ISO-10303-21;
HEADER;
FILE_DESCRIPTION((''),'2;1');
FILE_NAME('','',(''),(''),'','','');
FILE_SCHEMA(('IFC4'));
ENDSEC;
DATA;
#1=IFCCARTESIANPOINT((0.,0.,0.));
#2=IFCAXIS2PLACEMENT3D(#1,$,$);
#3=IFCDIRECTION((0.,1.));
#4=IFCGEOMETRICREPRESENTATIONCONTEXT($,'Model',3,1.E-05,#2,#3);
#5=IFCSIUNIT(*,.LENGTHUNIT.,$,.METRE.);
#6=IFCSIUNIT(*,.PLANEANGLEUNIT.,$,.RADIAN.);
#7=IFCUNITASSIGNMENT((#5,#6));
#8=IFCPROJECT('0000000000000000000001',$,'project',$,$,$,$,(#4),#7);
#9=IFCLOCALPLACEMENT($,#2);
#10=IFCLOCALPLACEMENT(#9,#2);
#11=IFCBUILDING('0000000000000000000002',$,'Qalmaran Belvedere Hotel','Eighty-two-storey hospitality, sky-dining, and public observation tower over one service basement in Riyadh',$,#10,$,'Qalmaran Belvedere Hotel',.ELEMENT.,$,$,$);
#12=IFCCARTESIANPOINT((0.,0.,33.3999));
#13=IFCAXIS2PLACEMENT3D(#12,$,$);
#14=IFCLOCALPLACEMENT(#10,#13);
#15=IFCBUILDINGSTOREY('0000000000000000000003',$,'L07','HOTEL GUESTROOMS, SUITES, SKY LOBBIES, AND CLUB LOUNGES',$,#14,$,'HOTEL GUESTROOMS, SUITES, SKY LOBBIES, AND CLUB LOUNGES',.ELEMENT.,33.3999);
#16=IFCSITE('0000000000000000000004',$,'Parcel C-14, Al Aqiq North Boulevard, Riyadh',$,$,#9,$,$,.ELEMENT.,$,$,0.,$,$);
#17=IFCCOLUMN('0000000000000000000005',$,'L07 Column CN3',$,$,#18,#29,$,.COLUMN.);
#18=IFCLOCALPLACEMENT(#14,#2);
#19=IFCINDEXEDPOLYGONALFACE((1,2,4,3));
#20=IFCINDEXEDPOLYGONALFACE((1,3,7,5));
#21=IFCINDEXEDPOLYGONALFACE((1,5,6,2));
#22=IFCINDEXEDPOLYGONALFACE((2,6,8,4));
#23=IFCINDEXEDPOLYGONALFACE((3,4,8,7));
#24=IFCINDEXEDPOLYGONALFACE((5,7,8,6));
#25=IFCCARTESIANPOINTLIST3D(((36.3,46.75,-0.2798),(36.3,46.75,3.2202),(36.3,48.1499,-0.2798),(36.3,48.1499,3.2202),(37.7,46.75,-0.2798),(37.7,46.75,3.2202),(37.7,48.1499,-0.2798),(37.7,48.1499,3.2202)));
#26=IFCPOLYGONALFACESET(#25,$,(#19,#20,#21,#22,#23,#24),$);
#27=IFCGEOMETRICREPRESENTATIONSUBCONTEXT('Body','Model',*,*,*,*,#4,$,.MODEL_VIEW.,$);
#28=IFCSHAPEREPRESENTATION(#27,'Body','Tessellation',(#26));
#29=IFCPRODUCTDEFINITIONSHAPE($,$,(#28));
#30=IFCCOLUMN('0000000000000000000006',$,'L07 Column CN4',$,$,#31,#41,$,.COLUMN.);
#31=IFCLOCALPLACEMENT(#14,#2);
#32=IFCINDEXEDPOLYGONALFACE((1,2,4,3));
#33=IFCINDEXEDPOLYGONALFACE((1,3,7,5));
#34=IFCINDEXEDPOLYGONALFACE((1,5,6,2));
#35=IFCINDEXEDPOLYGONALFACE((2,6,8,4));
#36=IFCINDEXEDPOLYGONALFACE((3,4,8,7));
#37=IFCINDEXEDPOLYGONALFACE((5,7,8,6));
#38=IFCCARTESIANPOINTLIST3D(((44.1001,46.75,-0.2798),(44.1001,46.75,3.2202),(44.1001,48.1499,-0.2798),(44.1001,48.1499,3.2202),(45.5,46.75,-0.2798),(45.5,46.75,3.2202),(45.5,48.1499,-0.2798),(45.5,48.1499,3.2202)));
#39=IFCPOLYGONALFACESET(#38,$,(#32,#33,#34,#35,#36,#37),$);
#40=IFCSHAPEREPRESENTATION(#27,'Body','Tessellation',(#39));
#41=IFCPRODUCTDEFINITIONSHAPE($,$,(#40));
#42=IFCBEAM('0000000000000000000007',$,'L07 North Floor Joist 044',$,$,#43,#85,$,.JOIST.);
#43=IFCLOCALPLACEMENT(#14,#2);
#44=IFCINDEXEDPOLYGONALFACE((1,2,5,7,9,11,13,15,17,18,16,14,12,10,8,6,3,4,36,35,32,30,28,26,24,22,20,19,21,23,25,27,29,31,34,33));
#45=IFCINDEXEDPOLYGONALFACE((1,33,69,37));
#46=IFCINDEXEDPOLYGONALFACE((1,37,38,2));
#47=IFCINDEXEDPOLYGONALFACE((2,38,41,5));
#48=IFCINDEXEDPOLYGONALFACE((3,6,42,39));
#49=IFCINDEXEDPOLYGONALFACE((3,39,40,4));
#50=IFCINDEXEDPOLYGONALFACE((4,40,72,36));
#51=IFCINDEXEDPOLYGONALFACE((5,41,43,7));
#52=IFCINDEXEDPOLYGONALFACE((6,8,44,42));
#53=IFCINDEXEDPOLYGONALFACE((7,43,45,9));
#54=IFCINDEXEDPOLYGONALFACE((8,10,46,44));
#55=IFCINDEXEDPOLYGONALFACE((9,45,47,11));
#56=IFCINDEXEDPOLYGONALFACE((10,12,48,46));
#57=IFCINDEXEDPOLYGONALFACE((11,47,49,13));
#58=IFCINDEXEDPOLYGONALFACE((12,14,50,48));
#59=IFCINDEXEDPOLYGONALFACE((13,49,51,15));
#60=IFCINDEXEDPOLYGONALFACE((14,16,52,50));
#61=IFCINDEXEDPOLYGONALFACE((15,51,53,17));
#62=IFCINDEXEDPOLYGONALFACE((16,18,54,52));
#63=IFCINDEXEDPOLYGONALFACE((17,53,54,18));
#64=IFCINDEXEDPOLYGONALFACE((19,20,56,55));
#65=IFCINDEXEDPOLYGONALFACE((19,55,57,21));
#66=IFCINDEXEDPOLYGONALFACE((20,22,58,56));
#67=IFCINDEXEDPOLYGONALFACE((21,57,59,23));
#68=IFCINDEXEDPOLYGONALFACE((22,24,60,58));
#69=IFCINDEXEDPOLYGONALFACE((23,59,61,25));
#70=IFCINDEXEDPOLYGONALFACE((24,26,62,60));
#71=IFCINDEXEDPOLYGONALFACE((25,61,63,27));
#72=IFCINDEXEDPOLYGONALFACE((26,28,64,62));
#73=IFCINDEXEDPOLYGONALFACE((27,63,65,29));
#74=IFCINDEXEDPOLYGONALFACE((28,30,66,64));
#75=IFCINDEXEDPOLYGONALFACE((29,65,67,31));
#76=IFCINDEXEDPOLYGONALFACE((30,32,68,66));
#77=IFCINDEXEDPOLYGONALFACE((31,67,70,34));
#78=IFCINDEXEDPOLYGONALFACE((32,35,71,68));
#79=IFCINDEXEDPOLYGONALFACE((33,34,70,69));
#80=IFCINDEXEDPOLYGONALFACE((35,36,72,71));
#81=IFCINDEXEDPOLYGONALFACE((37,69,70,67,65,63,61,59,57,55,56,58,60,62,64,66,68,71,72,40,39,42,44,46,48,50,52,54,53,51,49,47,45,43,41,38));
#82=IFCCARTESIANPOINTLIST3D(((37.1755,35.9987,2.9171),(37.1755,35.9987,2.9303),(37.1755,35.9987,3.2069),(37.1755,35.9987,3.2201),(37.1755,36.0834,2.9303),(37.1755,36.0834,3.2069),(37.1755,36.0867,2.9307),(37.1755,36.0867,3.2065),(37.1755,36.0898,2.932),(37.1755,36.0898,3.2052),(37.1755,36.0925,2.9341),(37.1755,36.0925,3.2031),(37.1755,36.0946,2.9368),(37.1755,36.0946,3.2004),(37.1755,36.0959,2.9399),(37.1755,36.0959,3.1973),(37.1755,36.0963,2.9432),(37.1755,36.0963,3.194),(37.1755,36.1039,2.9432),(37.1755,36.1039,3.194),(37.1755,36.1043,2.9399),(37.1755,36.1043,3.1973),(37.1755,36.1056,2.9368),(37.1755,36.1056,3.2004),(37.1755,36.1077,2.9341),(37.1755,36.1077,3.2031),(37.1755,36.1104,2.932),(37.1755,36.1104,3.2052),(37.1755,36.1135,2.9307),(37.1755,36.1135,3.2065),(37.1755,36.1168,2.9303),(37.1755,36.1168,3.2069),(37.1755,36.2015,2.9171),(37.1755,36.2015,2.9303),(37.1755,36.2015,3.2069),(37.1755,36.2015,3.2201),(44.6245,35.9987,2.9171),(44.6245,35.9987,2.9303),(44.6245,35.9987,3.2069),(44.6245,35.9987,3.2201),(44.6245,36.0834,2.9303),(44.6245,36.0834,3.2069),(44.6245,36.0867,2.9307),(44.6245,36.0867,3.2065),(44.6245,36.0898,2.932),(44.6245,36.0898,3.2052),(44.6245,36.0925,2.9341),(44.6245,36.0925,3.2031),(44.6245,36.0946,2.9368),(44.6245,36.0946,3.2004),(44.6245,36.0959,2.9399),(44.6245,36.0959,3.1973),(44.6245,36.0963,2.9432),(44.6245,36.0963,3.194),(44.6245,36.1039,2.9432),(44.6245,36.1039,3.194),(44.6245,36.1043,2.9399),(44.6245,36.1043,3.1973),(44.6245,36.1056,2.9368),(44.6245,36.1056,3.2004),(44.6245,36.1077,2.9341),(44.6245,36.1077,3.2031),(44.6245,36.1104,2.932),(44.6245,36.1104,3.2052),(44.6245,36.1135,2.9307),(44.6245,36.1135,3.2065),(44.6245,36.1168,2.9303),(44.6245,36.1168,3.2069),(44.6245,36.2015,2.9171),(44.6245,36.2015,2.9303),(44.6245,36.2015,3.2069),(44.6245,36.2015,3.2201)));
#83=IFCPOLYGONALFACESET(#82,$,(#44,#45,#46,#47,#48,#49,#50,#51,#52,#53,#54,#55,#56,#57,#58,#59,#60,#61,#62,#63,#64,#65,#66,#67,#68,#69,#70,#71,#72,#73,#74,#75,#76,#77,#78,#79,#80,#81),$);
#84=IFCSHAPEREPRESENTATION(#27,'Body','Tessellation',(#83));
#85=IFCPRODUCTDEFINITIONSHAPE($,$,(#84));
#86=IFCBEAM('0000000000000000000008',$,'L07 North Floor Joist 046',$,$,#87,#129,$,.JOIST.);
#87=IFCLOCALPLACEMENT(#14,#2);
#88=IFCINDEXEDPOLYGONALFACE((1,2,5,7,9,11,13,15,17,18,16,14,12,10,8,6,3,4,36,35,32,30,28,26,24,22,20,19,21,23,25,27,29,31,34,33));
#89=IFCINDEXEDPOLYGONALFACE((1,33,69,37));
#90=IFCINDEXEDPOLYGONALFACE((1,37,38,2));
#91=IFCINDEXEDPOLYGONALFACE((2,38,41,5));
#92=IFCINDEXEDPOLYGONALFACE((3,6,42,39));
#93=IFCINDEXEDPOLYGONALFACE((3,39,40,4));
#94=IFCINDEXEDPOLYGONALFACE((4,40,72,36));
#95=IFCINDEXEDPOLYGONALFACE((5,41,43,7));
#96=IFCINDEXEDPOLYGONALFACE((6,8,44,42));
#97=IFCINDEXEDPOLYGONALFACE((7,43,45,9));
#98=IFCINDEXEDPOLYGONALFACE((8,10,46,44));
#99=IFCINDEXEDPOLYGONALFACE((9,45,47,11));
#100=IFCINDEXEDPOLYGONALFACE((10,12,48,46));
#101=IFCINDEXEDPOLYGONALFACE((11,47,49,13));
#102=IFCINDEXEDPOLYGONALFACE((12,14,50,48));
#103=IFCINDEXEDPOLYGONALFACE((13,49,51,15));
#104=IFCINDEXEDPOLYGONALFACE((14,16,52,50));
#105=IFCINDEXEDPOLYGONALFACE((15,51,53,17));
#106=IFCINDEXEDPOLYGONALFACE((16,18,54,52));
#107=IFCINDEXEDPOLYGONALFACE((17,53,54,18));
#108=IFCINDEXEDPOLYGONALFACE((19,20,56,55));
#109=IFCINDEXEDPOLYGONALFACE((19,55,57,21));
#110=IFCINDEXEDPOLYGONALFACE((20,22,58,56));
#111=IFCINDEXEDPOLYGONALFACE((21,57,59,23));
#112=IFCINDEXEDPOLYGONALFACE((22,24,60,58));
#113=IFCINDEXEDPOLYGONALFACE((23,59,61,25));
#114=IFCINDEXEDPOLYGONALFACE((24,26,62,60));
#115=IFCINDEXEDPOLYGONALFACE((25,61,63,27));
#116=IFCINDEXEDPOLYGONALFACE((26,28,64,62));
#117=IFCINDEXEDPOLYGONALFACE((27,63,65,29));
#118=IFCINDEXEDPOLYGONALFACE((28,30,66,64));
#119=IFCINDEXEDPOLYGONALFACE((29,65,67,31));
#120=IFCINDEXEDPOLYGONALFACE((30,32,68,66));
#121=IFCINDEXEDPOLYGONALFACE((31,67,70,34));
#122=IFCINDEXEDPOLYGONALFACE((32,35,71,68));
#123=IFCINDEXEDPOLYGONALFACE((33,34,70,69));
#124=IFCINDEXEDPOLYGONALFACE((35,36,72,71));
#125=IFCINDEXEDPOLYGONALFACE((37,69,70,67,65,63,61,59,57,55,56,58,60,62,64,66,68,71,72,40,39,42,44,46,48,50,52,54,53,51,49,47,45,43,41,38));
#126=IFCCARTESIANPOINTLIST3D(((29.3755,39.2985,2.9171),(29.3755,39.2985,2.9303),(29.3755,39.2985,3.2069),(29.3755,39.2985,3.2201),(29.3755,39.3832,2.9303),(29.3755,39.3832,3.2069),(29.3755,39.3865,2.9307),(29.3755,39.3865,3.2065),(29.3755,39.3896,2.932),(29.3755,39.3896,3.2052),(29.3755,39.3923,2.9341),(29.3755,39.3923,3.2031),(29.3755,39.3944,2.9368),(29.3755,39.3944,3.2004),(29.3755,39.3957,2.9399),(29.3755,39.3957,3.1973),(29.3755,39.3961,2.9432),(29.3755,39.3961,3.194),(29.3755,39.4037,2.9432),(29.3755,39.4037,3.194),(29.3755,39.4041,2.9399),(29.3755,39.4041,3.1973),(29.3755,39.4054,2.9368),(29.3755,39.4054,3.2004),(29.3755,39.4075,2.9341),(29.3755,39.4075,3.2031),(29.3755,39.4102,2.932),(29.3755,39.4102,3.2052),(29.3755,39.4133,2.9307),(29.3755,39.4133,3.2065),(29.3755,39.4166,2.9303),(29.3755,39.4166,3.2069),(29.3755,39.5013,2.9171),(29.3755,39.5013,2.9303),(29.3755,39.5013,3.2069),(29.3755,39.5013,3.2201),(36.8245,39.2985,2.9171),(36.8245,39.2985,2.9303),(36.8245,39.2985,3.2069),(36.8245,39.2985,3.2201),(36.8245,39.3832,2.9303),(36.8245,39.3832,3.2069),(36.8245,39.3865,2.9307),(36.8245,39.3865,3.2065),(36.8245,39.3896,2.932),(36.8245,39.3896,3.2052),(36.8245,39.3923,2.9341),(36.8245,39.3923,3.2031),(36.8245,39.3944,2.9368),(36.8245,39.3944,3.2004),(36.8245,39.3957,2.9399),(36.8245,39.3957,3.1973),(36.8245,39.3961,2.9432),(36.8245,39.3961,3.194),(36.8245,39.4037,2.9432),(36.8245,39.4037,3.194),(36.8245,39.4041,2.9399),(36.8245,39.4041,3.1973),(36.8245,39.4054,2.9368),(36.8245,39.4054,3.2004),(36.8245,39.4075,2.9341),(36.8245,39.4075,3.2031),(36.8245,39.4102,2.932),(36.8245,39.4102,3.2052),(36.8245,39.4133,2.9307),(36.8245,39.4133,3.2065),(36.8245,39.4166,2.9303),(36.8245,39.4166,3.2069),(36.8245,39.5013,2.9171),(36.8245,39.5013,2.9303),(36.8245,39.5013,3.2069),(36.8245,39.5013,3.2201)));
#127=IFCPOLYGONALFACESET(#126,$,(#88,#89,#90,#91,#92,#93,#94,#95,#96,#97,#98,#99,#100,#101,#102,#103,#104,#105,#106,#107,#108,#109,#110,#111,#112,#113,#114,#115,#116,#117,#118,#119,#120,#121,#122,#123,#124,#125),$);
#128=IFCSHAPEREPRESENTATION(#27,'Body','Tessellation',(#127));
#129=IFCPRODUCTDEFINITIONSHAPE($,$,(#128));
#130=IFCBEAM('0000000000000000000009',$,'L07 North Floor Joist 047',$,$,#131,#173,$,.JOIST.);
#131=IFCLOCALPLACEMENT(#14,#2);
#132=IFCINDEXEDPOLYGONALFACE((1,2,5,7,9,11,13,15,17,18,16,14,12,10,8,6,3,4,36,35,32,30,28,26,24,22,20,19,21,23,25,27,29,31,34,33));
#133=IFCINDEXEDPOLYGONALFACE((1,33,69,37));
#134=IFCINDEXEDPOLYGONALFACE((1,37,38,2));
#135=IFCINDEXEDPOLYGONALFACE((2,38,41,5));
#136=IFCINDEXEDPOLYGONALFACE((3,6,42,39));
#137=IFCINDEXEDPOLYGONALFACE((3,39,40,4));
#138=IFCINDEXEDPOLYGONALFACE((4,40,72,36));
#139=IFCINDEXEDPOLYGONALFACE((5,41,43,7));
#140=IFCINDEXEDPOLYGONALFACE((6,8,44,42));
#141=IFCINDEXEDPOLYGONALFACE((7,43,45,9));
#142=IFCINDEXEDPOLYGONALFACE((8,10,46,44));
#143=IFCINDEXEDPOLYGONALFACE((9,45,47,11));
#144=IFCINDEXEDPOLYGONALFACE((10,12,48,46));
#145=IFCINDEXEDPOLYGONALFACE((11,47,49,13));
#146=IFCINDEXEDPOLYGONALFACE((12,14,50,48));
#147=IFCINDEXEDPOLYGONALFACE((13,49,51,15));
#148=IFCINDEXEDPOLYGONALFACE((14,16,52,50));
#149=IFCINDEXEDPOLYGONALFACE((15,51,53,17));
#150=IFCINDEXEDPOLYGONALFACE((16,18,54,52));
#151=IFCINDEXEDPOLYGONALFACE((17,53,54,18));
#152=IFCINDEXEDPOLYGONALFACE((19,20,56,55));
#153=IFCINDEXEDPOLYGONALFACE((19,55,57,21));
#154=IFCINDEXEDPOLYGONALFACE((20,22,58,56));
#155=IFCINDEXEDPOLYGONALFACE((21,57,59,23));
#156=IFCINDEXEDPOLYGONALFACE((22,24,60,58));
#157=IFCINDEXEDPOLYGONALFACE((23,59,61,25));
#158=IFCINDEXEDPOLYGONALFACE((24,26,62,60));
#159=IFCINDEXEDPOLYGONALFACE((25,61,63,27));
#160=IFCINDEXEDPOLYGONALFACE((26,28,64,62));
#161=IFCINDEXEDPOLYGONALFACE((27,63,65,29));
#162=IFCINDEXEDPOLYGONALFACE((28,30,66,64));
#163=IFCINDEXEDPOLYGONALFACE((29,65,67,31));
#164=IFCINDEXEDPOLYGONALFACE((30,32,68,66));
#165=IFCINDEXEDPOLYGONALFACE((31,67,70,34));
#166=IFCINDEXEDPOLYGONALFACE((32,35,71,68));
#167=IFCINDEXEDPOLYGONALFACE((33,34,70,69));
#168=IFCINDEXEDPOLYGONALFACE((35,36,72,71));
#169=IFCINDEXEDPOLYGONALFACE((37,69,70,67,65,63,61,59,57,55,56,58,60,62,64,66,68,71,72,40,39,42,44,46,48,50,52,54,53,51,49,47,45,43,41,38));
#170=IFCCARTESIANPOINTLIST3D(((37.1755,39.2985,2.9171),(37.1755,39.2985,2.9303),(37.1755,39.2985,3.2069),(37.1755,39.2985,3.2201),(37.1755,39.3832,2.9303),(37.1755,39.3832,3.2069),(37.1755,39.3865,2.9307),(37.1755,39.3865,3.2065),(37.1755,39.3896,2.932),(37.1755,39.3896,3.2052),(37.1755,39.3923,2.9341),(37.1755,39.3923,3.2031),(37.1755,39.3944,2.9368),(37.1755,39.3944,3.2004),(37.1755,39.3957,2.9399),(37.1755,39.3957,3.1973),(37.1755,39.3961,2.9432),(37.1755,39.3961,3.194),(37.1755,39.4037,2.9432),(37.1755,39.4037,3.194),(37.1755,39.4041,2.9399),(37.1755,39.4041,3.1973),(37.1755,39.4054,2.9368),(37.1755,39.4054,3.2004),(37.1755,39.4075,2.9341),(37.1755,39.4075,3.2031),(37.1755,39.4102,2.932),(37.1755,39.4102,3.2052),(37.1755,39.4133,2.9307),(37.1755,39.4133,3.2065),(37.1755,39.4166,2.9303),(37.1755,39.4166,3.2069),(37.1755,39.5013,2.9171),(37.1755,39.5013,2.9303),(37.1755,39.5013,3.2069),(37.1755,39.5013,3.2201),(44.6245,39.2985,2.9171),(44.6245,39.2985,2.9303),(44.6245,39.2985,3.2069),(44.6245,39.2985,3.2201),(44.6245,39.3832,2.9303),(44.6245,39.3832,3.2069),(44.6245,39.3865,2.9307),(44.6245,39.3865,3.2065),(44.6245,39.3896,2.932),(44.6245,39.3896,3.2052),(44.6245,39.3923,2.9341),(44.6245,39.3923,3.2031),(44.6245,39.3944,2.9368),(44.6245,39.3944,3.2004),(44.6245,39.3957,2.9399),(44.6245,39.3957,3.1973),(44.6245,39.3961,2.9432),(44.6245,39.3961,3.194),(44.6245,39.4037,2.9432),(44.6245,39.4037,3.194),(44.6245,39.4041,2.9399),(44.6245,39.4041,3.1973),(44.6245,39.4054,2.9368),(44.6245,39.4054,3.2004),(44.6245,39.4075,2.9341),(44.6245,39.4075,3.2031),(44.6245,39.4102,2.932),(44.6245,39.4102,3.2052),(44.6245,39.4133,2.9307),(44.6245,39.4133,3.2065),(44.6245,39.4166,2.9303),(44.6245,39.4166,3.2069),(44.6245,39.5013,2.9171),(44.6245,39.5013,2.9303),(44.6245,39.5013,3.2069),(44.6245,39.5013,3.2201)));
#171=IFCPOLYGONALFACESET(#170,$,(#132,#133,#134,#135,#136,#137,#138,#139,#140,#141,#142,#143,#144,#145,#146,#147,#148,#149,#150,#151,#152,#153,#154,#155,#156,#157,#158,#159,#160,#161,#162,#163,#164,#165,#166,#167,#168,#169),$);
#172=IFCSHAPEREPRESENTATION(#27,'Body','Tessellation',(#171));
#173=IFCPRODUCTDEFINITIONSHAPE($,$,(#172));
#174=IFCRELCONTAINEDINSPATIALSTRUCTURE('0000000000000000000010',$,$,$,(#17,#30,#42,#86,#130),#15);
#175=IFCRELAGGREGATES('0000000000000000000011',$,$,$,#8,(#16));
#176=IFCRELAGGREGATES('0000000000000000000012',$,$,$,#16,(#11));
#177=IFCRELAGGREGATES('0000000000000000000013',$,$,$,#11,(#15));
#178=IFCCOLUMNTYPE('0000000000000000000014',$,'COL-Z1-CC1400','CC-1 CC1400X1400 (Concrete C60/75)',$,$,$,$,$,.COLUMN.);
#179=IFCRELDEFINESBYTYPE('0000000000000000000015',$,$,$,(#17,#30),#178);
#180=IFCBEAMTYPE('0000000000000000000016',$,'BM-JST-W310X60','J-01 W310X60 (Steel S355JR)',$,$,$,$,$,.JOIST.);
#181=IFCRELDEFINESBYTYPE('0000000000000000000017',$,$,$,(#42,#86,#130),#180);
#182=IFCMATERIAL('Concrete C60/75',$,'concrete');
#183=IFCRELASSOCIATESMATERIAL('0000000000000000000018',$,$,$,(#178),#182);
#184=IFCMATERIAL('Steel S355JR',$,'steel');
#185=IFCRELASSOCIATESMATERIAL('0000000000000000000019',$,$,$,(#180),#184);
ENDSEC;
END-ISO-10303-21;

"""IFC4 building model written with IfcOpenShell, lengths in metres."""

from ifc_helpers import new_model, si_unit, direction, frame, origin, origin_2d, place, context, subcontext, project, spatial, rectangle, i_section, extrude, material, material_profile, profile_set, type_object, element, save


model = new_model("IFC4")

# Units and contexts
model_context = context("Model", 3, precision=1e-05, world=origin(), true_north=direction((0.0, 1.0)))
body_context = subcontext(model_context, "Body", "Model", "MODEL_VIEW")
ifc_project = project(units=[si_unit("LENGTHUNIT", "METRE"), si_unit("PLANEANGLEUNIT", "RADIAN")], contexts=[model_context])

# Site, building, storey
site_placement = place(None, origin())
site = spatial("IfcSite", under=ifc_project, at=site_placement, Name="Parcel C-14, Al Aqiq North Boulevard, Riyadh", CompositionType="ELEMENT", RefElevation=0.0)
building_placement = place(site_placement, origin())
building = spatial("IfcBuilding", under=site, at=building_placement, Name="Qalmaran Belvedere Hotel", Description="Eighty-two-storey hospitality, sky-dining, and public observation tower over one service basement in Riyadh", LongName="Qalmaran Belvedere Hotel", CompositionType="ELEMENT")
storey_placement = place(building_placement, frame((0.0, 0.0, 33.3999)))
storey = spatial("IfcBuildingStorey", under=building, at=storey_placement, Name="L07", Description="HOTEL GUESTROOMS, SUITES, SKY LOBBIES, AND CLUB LOUNGES", LongName="HOTEL GUESTROOMS, SUITES, SKY LOBBIES, AND CLUB LOUNGES", CompositionType="ELEMENT", Elevation=33.3999)

# Columns
ifc_material_1 = material(Name="Concrete C60/75", Category="concrete")
ifc_material_profile_1 = material_profile(ifc_material_1, rectangle(XDim=1.3999, YDim=1.3999, at=origin_2d()), Name="CC1400X1400")
ifc_profile_set_1 = profile_set([ifc_material_profile_1], Name="Concrete C60/75")
column_type = type_object("IfcColumnType", Name="COL-Z1-CC1400", Description="CC-1 CC1400X1400 (Concrete C60/75)", PredefinedType="COLUMN", material=ifc_profile_set_1)
for number, where, z_axis, x_axis, name in (
    (1, (37.0, 47.45, -0.2798), (0.0, 0.0, 1.0), (1.0, 0.0, 0.0), "L07 Column CN3"),
    (2, (44.8, 47.45, -0.2798), (0.0, 0.0, 1.0), (1.0, 0.0, 0.0), "L07 Column CN4"),
):
    element("IfcColumn", number, at=place(storey_placement, frame(where, z_axis=z_axis, x_axis=x_axis)), inside=storey, type_object=column_type, Name=name, PredefinedType="COLUMN", context=body_context, shape_type="SweptSolid", body=[
        extrude(rectangle(XDim=1.3999, YDim=1.3999, at=origin_2d()), origin(), (0.0, 0.0, 1.0), 3.5),
    ])

# Beams
ifc_material_2 = material(Name="Steel S355JR", Category="steel")
ifc_material_profile_2 = material_profile(ifc_material_2, i_section(OverallWidth=0.2029, OverallDepth=0.303, WebThickness=0.0076, FlangeThickness=0.0132, FilletRadius=0.0129, at=origin_2d()), Name="W310X60")
ifc_profile_set_2 = profile_set([ifc_material_profile_2], Name="Steel S355JR")
beam_type_1 = type_object("IfcBeamType", Name="BM-JST-W310X60", Description="J-01 W310X60 (Steel S355JR)", PredefinedType="JOIST", material=ifc_profile_set_2)
for number, where, z_axis, x_axis, name in (
    (3, (37.1755, 36.1001, 3.0686), (1.0, 0.0, 0.0), (0.0, 1.0, 0.0), "L07 North Floor Joist 044"),
    (4, (29.3755, 39.3999, 3.0686), (1.0, 0.0, 0.0), (0.0, 1.0, 0.0), "L07 North Floor Joist 046"),
    (5, (37.1755, 39.3999, 3.0686), (1.0, 0.0, 0.0), (0.0, 1.0, 0.0), "L07 North Floor Joist 047"),
):
    element("IfcBeam", number, at=place(storey_placement, frame(where, z_axis=z_axis, x_axis=x_axis)), inside=storey, type_object=beam_type_1, Name=name, PredefinedType="JOIST", context=body_context, shape_type="SweptSolid", body=[
        extrude(i_section(OverallWidth=0.2029, OverallDepth=0.303, WebThickness=0.0076, FlangeThickness=0.0132, FilletRadius=0.0129, at=origin_2d()), origin(), (0.0, 0.0, 1.0), 7.449),
    ])

save(model, "model.ifc")
